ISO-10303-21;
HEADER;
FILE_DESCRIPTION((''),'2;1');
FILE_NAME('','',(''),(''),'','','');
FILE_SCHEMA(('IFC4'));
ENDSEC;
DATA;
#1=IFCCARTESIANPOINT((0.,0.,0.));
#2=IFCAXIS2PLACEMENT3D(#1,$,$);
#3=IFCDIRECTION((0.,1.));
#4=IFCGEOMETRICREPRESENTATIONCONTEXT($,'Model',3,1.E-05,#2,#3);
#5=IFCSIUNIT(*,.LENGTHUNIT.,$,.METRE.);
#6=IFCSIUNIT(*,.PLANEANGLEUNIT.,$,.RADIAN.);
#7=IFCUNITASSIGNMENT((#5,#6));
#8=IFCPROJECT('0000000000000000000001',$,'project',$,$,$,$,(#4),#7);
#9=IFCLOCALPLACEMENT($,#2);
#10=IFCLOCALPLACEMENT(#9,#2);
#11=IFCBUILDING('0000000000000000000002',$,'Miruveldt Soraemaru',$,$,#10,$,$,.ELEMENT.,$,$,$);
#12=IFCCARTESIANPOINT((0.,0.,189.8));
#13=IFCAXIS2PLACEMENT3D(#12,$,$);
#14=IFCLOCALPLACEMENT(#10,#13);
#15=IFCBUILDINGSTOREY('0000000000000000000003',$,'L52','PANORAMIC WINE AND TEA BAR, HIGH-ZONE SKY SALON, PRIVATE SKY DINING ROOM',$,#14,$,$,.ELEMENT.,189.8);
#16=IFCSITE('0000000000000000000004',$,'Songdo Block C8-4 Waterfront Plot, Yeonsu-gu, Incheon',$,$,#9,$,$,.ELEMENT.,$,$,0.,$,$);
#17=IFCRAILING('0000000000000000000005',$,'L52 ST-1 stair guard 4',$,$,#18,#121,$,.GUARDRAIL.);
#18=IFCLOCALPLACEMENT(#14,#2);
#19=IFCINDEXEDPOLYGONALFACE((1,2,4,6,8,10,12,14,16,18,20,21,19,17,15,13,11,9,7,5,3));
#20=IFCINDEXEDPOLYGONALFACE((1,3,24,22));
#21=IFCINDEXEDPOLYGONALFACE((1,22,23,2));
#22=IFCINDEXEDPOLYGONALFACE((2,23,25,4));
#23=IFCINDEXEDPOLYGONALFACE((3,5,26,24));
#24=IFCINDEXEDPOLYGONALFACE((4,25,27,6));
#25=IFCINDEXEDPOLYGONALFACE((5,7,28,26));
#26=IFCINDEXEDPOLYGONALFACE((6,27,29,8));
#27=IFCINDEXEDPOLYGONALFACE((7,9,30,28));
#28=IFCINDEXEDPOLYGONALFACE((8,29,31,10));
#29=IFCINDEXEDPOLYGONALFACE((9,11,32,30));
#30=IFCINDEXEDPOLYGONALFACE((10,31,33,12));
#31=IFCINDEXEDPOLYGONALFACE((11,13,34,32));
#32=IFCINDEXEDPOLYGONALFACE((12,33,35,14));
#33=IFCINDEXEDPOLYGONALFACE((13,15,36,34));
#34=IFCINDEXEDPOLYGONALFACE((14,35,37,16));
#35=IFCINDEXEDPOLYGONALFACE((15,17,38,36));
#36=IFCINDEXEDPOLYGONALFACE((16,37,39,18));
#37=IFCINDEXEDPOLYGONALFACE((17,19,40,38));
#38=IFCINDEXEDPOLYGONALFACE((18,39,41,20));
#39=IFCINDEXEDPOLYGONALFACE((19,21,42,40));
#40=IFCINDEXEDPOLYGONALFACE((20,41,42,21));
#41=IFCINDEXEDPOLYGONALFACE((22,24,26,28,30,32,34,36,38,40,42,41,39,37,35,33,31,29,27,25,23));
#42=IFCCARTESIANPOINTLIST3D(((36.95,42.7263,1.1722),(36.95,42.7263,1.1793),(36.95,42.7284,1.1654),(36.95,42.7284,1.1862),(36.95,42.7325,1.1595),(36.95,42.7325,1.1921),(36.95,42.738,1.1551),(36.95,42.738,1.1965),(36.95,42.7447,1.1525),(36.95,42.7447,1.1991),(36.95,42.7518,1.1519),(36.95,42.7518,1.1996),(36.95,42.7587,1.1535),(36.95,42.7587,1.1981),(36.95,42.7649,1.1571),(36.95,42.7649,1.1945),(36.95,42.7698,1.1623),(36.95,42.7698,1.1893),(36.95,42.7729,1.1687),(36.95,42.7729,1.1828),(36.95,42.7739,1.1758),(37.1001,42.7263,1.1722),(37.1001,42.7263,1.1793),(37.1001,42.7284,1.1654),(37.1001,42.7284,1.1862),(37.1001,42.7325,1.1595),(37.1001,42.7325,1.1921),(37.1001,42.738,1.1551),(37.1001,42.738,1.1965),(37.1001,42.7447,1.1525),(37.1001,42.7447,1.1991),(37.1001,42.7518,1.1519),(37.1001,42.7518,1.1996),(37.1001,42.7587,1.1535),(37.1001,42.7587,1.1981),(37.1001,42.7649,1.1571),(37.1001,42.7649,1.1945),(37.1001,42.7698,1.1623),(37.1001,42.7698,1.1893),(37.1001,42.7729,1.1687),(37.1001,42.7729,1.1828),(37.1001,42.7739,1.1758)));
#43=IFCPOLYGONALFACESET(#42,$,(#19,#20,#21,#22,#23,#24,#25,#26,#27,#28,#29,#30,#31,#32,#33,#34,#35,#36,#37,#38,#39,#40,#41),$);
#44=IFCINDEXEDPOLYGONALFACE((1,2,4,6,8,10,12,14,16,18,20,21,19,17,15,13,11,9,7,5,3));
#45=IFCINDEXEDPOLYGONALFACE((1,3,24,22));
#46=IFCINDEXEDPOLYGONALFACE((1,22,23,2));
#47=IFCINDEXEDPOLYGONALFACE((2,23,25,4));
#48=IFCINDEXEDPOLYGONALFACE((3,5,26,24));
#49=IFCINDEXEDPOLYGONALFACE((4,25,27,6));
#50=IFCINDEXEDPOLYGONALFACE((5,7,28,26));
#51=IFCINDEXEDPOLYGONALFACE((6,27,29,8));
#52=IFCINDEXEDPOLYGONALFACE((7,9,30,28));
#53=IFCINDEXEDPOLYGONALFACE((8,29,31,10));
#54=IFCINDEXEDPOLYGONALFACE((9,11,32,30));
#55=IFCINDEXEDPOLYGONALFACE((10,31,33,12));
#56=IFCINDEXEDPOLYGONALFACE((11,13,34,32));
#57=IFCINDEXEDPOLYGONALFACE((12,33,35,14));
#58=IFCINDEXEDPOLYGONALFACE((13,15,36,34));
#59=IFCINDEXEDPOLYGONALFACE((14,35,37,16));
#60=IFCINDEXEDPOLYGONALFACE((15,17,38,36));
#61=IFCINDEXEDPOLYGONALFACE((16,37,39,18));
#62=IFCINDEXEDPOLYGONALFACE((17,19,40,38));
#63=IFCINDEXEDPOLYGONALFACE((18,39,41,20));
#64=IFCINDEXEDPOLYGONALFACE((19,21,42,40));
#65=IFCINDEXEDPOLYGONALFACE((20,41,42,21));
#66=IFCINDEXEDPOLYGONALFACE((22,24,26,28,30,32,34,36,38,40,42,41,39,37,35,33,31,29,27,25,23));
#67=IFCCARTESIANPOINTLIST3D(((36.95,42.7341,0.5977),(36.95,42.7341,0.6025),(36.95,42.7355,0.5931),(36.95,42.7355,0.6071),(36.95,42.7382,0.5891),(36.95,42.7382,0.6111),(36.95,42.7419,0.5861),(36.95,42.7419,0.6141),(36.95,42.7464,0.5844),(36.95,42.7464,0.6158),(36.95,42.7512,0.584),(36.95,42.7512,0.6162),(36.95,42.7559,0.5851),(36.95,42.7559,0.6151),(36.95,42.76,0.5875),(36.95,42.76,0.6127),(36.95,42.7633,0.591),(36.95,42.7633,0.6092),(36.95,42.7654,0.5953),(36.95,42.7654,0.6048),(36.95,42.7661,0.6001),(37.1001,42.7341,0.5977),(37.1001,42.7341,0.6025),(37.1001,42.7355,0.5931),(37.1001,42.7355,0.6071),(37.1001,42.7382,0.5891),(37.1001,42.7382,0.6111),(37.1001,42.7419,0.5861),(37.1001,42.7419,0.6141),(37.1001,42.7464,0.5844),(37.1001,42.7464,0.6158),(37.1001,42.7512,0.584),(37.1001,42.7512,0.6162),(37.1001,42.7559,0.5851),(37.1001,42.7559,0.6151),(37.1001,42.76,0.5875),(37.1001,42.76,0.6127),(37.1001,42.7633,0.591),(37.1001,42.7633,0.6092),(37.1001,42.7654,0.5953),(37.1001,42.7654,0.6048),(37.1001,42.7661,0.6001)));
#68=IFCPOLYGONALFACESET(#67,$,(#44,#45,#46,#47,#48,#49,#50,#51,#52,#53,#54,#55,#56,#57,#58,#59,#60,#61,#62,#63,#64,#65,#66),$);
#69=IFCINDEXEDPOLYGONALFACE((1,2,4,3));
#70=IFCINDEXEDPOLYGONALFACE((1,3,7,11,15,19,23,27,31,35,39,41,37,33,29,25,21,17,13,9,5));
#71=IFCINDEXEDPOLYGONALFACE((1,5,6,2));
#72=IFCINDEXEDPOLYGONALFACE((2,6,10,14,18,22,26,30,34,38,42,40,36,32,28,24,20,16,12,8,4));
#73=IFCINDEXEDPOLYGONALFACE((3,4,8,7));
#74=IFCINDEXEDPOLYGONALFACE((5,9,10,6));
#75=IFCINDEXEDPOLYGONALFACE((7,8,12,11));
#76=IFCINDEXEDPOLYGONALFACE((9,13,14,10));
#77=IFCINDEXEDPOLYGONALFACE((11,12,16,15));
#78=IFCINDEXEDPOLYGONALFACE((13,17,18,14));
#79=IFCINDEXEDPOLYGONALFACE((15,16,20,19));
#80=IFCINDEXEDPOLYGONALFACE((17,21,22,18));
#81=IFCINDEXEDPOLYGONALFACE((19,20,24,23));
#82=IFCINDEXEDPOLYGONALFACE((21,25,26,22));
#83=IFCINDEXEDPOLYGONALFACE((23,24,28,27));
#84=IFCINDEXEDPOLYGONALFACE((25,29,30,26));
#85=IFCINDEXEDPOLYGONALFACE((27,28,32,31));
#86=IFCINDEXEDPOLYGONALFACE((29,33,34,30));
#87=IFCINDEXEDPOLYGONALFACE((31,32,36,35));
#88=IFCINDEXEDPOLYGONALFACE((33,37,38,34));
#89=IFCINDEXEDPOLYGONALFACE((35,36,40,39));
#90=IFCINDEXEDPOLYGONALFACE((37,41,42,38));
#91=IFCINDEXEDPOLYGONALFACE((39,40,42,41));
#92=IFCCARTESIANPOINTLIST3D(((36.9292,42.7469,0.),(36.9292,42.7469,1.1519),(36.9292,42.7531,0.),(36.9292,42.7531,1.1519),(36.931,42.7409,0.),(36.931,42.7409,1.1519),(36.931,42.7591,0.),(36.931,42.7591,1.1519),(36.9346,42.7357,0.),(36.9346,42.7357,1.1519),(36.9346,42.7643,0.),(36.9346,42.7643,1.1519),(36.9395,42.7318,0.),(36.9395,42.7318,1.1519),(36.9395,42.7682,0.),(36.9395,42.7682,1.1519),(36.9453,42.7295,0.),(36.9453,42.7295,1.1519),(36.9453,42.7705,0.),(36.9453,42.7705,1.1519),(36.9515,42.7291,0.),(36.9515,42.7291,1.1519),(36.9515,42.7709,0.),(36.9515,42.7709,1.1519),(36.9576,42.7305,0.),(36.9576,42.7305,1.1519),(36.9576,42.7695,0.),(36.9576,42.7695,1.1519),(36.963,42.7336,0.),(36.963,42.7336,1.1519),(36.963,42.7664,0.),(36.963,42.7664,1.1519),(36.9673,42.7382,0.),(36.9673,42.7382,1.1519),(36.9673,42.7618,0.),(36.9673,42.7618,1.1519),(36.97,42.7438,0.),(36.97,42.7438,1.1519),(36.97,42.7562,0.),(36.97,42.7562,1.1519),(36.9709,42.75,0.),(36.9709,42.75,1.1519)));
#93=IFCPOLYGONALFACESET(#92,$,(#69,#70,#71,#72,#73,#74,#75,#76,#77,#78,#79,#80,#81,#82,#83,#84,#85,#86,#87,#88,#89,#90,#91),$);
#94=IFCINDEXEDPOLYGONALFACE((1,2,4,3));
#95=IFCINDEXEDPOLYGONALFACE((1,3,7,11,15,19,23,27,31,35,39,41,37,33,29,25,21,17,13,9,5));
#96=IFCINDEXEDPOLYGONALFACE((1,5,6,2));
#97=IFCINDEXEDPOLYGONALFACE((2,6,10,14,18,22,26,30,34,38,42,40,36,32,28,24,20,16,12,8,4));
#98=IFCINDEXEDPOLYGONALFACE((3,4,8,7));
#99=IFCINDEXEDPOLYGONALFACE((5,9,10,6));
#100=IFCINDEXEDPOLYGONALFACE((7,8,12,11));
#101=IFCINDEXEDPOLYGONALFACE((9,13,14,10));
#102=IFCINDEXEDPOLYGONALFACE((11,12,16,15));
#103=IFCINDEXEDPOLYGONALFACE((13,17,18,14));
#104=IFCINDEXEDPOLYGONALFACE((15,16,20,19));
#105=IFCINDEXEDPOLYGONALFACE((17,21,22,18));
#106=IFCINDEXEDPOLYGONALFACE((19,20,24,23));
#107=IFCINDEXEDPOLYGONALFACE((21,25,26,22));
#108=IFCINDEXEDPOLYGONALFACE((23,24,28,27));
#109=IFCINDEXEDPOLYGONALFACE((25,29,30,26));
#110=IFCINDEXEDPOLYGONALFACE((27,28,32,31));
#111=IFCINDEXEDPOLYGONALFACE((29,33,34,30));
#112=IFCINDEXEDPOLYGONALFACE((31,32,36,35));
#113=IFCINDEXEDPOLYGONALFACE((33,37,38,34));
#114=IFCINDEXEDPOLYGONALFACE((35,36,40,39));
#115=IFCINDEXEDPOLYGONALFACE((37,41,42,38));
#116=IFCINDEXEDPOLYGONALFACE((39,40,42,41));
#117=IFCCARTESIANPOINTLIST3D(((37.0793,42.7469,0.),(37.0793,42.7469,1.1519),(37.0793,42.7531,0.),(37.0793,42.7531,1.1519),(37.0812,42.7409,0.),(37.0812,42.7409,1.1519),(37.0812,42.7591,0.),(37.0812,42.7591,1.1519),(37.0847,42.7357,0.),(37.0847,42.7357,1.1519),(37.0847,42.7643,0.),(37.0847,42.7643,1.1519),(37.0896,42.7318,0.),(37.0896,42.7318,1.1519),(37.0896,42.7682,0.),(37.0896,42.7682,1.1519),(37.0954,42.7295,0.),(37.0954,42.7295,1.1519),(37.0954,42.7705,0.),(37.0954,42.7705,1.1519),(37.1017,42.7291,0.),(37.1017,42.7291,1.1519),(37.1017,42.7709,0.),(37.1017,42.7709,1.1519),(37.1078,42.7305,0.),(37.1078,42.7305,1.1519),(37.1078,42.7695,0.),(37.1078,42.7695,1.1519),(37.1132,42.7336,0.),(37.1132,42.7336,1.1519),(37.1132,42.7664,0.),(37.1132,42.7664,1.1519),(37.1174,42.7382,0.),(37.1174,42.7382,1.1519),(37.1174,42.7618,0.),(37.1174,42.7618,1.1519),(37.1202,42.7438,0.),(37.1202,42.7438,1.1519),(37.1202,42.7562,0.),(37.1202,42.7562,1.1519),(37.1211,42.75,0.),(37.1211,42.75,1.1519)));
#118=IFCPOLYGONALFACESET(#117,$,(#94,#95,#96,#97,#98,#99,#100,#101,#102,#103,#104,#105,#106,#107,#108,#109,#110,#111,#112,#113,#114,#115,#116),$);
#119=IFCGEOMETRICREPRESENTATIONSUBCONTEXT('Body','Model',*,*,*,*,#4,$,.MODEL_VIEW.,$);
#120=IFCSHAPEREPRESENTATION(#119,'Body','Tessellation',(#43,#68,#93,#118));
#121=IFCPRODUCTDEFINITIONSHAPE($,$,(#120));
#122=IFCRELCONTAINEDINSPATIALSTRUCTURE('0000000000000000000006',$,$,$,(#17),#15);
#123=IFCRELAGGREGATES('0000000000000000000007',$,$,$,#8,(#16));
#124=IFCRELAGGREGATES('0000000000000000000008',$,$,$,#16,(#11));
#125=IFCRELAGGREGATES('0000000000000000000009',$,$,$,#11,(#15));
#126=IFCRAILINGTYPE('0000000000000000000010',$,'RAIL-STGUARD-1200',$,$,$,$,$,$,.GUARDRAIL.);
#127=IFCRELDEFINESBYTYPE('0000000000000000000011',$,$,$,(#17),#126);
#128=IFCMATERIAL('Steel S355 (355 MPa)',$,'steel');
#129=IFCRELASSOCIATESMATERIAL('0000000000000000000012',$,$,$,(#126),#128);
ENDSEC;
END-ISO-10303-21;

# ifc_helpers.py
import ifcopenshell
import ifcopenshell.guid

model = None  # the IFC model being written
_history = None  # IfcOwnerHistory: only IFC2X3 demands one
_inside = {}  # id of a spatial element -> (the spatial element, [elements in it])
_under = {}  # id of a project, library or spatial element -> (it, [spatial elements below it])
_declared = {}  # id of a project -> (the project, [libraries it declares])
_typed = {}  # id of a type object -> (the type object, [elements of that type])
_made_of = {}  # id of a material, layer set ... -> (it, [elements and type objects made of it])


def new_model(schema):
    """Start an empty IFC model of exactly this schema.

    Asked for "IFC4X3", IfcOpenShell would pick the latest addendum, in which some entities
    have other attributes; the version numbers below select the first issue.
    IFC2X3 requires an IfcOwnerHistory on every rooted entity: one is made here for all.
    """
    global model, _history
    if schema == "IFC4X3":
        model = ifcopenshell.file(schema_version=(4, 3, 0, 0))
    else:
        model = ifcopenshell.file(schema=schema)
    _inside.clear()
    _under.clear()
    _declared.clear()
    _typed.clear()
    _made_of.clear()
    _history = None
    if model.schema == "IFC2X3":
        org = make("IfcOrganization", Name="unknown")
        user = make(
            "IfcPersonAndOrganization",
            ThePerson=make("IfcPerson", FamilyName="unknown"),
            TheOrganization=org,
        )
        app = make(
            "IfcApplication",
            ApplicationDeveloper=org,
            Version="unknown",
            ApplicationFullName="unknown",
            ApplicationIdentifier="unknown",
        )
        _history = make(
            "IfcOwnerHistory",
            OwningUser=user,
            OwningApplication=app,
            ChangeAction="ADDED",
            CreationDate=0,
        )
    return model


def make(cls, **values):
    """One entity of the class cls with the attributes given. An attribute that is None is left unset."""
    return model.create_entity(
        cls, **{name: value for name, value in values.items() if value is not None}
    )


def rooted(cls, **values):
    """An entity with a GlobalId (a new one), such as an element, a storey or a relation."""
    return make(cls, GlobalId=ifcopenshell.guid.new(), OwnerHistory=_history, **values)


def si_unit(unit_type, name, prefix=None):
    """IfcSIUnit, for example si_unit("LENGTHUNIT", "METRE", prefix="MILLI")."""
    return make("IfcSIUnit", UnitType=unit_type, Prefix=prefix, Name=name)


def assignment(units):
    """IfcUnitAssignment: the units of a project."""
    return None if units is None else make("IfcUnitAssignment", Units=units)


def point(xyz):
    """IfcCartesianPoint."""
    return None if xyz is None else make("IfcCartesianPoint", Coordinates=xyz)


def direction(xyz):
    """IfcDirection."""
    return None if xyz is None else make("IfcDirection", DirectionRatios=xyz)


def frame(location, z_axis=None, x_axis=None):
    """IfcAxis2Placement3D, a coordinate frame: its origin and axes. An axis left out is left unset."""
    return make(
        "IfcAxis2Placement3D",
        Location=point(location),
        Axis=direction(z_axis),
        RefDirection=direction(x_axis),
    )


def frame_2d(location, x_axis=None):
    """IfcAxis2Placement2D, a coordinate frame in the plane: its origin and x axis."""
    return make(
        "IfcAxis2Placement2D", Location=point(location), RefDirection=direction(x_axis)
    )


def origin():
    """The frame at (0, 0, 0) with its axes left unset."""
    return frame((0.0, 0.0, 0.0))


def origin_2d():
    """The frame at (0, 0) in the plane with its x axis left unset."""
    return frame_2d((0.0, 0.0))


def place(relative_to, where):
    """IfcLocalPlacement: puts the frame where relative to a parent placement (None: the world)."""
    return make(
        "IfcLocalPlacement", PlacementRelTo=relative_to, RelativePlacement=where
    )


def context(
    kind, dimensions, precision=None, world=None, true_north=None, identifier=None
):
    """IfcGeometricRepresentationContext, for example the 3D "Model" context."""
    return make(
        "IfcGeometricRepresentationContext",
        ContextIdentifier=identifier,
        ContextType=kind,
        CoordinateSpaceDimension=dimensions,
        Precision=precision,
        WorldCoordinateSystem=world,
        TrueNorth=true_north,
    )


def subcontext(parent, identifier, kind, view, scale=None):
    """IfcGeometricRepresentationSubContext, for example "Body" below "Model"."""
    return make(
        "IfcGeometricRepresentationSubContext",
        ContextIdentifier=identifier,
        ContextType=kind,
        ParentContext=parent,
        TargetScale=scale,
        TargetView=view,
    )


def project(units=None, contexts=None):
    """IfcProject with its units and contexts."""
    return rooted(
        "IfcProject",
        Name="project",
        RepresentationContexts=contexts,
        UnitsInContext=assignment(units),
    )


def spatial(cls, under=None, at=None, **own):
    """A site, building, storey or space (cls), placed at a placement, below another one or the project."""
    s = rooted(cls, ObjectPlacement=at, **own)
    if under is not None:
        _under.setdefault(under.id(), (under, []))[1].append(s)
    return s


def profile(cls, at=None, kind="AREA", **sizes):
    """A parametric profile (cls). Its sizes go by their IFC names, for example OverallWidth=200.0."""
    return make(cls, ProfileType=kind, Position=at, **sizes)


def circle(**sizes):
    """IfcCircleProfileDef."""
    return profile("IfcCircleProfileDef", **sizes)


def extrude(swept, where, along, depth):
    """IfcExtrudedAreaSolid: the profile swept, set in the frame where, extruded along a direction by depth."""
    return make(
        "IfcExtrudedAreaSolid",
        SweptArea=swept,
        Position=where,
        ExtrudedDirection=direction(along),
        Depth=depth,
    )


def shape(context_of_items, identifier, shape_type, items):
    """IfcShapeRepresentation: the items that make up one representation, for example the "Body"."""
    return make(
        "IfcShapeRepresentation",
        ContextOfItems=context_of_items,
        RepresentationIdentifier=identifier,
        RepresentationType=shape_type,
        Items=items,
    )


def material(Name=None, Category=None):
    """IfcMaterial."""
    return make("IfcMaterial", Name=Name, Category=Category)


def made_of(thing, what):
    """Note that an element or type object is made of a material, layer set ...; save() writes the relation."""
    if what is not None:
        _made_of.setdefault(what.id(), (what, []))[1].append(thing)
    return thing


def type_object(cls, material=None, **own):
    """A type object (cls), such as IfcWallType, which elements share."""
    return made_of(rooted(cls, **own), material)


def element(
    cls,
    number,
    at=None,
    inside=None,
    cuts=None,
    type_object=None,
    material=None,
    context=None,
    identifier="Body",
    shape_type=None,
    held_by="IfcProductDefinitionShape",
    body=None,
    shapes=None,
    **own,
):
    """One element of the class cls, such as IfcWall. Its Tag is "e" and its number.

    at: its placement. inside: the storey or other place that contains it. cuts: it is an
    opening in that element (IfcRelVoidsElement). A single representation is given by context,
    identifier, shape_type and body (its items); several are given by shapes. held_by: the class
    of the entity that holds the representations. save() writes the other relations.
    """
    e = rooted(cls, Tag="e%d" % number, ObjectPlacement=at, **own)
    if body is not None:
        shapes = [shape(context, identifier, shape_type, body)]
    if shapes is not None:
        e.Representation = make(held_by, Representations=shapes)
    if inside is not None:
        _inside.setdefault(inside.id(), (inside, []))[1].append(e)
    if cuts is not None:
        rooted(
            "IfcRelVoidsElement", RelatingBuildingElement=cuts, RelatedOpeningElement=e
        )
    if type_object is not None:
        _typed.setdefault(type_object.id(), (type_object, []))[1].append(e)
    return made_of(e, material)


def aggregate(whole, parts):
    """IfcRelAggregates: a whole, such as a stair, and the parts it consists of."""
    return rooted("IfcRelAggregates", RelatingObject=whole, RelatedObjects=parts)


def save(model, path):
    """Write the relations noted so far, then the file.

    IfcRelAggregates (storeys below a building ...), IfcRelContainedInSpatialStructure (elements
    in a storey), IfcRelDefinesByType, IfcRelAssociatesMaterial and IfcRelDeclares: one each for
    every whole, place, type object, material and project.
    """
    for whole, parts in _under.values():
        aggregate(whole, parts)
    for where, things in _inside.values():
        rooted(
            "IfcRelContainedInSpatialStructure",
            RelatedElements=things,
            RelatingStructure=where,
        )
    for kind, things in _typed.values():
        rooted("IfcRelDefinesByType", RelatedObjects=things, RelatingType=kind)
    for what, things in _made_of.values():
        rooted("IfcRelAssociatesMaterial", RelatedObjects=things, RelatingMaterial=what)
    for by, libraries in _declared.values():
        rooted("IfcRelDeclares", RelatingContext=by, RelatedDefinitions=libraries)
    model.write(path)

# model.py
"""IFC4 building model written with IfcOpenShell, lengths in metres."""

from ifc_helpers import new_model, si_unit, direction, frame, origin, origin_2d, place, context, subcontext, project, spatial, circle, extrude, material, type_object, element, save


model = new_model("IFC4")

# Units and contexts
model_context = context("Model", 3, precision=1e-05, world=origin(), true_north=direction((0.0, 1.0)))
body_context = subcontext(model_context, "Body", "Model", "MODEL_VIEW")
ifc_project = project(units=[si_unit("LENGTHUNIT", "METRE"), si_unit("PLANEANGLEUNIT", "RADIAN")], contexts=[model_context])

# Site, building, storey
site_placement = place(None, origin())
site = spatial("IfcSite", under=ifc_project, at=site_placement, Name="Songdo Block C8-4 Waterfront Plot, Yeonsu-gu, Incheon", CompositionType="ELEMENT", RefElevation=0.0)
building_placement = place(site_placement, origin())
building = spatial("IfcBuilding", under=site, at=building_placement, Name="Miruveldt Soraemaru", CompositionType="ELEMENT")
storey_placement = place(building_placement, frame((0.0, 0.0, 189.8)))
storey = spatial("IfcBuildingStorey", under=building, at=storey_placement, Name="L52", Description="PANORAMIC WINE AND TEA BAR, HIGH-ZONE SKY SALON, PRIVATE SKY DINING ROOM", CompositionType="ELEMENT", Elevation=189.8)

# Railing
ifc_material_1 = material(Name="Steel S355 (355 MPa)", Category="steel")
railing_type = type_object("IfcRailingType", Name="RAIL-STGUARD-1200", PredefinedType="GUARDRAIL", material=ifc_material_1)
railing_placement = place(storey_placement, frame((36.95, 42.75, 0.0)))
element("IfcRailing", 1, at=railing_placement, inside=storey, type_object=railing_type, Name="L52 ST-1 stair guard 4", PredefinedType="GUARDRAIL", context=body_context, shape_type="SweptSolid", body=[
    extrude(circle(Radius=0.0239, at=origin_2d()), frame((0.0, 0.0, 1.1758), z_axis=(1.0, 0.0, 0.0), x_axis=(0.0, 1.0, 0.0)), (0.0, 0.0, 1.0), 0.1501),
    extrude(circle(Radius=0.0161, at=origin_2d()), frame((0.0, 0.0, 0.6001), z_axis=(1.0, 0.0, 0.0), x_axis=(0.0, 1.0, 0.0)), (0.0, 0.0, 1.0), 0.1501),
    extrude(circle(Radius=0.021, at=origin_2d()), origin(), (0.0, 0.0, 1.0), 1.1519),
    extrude(circle(Radius=0.021, at=origin_2d()), frame((0.1501, 0.0, 0.0)), (0.0, 0.0, 1.0), 1.1519),
])

save(model, "model.ifc")
